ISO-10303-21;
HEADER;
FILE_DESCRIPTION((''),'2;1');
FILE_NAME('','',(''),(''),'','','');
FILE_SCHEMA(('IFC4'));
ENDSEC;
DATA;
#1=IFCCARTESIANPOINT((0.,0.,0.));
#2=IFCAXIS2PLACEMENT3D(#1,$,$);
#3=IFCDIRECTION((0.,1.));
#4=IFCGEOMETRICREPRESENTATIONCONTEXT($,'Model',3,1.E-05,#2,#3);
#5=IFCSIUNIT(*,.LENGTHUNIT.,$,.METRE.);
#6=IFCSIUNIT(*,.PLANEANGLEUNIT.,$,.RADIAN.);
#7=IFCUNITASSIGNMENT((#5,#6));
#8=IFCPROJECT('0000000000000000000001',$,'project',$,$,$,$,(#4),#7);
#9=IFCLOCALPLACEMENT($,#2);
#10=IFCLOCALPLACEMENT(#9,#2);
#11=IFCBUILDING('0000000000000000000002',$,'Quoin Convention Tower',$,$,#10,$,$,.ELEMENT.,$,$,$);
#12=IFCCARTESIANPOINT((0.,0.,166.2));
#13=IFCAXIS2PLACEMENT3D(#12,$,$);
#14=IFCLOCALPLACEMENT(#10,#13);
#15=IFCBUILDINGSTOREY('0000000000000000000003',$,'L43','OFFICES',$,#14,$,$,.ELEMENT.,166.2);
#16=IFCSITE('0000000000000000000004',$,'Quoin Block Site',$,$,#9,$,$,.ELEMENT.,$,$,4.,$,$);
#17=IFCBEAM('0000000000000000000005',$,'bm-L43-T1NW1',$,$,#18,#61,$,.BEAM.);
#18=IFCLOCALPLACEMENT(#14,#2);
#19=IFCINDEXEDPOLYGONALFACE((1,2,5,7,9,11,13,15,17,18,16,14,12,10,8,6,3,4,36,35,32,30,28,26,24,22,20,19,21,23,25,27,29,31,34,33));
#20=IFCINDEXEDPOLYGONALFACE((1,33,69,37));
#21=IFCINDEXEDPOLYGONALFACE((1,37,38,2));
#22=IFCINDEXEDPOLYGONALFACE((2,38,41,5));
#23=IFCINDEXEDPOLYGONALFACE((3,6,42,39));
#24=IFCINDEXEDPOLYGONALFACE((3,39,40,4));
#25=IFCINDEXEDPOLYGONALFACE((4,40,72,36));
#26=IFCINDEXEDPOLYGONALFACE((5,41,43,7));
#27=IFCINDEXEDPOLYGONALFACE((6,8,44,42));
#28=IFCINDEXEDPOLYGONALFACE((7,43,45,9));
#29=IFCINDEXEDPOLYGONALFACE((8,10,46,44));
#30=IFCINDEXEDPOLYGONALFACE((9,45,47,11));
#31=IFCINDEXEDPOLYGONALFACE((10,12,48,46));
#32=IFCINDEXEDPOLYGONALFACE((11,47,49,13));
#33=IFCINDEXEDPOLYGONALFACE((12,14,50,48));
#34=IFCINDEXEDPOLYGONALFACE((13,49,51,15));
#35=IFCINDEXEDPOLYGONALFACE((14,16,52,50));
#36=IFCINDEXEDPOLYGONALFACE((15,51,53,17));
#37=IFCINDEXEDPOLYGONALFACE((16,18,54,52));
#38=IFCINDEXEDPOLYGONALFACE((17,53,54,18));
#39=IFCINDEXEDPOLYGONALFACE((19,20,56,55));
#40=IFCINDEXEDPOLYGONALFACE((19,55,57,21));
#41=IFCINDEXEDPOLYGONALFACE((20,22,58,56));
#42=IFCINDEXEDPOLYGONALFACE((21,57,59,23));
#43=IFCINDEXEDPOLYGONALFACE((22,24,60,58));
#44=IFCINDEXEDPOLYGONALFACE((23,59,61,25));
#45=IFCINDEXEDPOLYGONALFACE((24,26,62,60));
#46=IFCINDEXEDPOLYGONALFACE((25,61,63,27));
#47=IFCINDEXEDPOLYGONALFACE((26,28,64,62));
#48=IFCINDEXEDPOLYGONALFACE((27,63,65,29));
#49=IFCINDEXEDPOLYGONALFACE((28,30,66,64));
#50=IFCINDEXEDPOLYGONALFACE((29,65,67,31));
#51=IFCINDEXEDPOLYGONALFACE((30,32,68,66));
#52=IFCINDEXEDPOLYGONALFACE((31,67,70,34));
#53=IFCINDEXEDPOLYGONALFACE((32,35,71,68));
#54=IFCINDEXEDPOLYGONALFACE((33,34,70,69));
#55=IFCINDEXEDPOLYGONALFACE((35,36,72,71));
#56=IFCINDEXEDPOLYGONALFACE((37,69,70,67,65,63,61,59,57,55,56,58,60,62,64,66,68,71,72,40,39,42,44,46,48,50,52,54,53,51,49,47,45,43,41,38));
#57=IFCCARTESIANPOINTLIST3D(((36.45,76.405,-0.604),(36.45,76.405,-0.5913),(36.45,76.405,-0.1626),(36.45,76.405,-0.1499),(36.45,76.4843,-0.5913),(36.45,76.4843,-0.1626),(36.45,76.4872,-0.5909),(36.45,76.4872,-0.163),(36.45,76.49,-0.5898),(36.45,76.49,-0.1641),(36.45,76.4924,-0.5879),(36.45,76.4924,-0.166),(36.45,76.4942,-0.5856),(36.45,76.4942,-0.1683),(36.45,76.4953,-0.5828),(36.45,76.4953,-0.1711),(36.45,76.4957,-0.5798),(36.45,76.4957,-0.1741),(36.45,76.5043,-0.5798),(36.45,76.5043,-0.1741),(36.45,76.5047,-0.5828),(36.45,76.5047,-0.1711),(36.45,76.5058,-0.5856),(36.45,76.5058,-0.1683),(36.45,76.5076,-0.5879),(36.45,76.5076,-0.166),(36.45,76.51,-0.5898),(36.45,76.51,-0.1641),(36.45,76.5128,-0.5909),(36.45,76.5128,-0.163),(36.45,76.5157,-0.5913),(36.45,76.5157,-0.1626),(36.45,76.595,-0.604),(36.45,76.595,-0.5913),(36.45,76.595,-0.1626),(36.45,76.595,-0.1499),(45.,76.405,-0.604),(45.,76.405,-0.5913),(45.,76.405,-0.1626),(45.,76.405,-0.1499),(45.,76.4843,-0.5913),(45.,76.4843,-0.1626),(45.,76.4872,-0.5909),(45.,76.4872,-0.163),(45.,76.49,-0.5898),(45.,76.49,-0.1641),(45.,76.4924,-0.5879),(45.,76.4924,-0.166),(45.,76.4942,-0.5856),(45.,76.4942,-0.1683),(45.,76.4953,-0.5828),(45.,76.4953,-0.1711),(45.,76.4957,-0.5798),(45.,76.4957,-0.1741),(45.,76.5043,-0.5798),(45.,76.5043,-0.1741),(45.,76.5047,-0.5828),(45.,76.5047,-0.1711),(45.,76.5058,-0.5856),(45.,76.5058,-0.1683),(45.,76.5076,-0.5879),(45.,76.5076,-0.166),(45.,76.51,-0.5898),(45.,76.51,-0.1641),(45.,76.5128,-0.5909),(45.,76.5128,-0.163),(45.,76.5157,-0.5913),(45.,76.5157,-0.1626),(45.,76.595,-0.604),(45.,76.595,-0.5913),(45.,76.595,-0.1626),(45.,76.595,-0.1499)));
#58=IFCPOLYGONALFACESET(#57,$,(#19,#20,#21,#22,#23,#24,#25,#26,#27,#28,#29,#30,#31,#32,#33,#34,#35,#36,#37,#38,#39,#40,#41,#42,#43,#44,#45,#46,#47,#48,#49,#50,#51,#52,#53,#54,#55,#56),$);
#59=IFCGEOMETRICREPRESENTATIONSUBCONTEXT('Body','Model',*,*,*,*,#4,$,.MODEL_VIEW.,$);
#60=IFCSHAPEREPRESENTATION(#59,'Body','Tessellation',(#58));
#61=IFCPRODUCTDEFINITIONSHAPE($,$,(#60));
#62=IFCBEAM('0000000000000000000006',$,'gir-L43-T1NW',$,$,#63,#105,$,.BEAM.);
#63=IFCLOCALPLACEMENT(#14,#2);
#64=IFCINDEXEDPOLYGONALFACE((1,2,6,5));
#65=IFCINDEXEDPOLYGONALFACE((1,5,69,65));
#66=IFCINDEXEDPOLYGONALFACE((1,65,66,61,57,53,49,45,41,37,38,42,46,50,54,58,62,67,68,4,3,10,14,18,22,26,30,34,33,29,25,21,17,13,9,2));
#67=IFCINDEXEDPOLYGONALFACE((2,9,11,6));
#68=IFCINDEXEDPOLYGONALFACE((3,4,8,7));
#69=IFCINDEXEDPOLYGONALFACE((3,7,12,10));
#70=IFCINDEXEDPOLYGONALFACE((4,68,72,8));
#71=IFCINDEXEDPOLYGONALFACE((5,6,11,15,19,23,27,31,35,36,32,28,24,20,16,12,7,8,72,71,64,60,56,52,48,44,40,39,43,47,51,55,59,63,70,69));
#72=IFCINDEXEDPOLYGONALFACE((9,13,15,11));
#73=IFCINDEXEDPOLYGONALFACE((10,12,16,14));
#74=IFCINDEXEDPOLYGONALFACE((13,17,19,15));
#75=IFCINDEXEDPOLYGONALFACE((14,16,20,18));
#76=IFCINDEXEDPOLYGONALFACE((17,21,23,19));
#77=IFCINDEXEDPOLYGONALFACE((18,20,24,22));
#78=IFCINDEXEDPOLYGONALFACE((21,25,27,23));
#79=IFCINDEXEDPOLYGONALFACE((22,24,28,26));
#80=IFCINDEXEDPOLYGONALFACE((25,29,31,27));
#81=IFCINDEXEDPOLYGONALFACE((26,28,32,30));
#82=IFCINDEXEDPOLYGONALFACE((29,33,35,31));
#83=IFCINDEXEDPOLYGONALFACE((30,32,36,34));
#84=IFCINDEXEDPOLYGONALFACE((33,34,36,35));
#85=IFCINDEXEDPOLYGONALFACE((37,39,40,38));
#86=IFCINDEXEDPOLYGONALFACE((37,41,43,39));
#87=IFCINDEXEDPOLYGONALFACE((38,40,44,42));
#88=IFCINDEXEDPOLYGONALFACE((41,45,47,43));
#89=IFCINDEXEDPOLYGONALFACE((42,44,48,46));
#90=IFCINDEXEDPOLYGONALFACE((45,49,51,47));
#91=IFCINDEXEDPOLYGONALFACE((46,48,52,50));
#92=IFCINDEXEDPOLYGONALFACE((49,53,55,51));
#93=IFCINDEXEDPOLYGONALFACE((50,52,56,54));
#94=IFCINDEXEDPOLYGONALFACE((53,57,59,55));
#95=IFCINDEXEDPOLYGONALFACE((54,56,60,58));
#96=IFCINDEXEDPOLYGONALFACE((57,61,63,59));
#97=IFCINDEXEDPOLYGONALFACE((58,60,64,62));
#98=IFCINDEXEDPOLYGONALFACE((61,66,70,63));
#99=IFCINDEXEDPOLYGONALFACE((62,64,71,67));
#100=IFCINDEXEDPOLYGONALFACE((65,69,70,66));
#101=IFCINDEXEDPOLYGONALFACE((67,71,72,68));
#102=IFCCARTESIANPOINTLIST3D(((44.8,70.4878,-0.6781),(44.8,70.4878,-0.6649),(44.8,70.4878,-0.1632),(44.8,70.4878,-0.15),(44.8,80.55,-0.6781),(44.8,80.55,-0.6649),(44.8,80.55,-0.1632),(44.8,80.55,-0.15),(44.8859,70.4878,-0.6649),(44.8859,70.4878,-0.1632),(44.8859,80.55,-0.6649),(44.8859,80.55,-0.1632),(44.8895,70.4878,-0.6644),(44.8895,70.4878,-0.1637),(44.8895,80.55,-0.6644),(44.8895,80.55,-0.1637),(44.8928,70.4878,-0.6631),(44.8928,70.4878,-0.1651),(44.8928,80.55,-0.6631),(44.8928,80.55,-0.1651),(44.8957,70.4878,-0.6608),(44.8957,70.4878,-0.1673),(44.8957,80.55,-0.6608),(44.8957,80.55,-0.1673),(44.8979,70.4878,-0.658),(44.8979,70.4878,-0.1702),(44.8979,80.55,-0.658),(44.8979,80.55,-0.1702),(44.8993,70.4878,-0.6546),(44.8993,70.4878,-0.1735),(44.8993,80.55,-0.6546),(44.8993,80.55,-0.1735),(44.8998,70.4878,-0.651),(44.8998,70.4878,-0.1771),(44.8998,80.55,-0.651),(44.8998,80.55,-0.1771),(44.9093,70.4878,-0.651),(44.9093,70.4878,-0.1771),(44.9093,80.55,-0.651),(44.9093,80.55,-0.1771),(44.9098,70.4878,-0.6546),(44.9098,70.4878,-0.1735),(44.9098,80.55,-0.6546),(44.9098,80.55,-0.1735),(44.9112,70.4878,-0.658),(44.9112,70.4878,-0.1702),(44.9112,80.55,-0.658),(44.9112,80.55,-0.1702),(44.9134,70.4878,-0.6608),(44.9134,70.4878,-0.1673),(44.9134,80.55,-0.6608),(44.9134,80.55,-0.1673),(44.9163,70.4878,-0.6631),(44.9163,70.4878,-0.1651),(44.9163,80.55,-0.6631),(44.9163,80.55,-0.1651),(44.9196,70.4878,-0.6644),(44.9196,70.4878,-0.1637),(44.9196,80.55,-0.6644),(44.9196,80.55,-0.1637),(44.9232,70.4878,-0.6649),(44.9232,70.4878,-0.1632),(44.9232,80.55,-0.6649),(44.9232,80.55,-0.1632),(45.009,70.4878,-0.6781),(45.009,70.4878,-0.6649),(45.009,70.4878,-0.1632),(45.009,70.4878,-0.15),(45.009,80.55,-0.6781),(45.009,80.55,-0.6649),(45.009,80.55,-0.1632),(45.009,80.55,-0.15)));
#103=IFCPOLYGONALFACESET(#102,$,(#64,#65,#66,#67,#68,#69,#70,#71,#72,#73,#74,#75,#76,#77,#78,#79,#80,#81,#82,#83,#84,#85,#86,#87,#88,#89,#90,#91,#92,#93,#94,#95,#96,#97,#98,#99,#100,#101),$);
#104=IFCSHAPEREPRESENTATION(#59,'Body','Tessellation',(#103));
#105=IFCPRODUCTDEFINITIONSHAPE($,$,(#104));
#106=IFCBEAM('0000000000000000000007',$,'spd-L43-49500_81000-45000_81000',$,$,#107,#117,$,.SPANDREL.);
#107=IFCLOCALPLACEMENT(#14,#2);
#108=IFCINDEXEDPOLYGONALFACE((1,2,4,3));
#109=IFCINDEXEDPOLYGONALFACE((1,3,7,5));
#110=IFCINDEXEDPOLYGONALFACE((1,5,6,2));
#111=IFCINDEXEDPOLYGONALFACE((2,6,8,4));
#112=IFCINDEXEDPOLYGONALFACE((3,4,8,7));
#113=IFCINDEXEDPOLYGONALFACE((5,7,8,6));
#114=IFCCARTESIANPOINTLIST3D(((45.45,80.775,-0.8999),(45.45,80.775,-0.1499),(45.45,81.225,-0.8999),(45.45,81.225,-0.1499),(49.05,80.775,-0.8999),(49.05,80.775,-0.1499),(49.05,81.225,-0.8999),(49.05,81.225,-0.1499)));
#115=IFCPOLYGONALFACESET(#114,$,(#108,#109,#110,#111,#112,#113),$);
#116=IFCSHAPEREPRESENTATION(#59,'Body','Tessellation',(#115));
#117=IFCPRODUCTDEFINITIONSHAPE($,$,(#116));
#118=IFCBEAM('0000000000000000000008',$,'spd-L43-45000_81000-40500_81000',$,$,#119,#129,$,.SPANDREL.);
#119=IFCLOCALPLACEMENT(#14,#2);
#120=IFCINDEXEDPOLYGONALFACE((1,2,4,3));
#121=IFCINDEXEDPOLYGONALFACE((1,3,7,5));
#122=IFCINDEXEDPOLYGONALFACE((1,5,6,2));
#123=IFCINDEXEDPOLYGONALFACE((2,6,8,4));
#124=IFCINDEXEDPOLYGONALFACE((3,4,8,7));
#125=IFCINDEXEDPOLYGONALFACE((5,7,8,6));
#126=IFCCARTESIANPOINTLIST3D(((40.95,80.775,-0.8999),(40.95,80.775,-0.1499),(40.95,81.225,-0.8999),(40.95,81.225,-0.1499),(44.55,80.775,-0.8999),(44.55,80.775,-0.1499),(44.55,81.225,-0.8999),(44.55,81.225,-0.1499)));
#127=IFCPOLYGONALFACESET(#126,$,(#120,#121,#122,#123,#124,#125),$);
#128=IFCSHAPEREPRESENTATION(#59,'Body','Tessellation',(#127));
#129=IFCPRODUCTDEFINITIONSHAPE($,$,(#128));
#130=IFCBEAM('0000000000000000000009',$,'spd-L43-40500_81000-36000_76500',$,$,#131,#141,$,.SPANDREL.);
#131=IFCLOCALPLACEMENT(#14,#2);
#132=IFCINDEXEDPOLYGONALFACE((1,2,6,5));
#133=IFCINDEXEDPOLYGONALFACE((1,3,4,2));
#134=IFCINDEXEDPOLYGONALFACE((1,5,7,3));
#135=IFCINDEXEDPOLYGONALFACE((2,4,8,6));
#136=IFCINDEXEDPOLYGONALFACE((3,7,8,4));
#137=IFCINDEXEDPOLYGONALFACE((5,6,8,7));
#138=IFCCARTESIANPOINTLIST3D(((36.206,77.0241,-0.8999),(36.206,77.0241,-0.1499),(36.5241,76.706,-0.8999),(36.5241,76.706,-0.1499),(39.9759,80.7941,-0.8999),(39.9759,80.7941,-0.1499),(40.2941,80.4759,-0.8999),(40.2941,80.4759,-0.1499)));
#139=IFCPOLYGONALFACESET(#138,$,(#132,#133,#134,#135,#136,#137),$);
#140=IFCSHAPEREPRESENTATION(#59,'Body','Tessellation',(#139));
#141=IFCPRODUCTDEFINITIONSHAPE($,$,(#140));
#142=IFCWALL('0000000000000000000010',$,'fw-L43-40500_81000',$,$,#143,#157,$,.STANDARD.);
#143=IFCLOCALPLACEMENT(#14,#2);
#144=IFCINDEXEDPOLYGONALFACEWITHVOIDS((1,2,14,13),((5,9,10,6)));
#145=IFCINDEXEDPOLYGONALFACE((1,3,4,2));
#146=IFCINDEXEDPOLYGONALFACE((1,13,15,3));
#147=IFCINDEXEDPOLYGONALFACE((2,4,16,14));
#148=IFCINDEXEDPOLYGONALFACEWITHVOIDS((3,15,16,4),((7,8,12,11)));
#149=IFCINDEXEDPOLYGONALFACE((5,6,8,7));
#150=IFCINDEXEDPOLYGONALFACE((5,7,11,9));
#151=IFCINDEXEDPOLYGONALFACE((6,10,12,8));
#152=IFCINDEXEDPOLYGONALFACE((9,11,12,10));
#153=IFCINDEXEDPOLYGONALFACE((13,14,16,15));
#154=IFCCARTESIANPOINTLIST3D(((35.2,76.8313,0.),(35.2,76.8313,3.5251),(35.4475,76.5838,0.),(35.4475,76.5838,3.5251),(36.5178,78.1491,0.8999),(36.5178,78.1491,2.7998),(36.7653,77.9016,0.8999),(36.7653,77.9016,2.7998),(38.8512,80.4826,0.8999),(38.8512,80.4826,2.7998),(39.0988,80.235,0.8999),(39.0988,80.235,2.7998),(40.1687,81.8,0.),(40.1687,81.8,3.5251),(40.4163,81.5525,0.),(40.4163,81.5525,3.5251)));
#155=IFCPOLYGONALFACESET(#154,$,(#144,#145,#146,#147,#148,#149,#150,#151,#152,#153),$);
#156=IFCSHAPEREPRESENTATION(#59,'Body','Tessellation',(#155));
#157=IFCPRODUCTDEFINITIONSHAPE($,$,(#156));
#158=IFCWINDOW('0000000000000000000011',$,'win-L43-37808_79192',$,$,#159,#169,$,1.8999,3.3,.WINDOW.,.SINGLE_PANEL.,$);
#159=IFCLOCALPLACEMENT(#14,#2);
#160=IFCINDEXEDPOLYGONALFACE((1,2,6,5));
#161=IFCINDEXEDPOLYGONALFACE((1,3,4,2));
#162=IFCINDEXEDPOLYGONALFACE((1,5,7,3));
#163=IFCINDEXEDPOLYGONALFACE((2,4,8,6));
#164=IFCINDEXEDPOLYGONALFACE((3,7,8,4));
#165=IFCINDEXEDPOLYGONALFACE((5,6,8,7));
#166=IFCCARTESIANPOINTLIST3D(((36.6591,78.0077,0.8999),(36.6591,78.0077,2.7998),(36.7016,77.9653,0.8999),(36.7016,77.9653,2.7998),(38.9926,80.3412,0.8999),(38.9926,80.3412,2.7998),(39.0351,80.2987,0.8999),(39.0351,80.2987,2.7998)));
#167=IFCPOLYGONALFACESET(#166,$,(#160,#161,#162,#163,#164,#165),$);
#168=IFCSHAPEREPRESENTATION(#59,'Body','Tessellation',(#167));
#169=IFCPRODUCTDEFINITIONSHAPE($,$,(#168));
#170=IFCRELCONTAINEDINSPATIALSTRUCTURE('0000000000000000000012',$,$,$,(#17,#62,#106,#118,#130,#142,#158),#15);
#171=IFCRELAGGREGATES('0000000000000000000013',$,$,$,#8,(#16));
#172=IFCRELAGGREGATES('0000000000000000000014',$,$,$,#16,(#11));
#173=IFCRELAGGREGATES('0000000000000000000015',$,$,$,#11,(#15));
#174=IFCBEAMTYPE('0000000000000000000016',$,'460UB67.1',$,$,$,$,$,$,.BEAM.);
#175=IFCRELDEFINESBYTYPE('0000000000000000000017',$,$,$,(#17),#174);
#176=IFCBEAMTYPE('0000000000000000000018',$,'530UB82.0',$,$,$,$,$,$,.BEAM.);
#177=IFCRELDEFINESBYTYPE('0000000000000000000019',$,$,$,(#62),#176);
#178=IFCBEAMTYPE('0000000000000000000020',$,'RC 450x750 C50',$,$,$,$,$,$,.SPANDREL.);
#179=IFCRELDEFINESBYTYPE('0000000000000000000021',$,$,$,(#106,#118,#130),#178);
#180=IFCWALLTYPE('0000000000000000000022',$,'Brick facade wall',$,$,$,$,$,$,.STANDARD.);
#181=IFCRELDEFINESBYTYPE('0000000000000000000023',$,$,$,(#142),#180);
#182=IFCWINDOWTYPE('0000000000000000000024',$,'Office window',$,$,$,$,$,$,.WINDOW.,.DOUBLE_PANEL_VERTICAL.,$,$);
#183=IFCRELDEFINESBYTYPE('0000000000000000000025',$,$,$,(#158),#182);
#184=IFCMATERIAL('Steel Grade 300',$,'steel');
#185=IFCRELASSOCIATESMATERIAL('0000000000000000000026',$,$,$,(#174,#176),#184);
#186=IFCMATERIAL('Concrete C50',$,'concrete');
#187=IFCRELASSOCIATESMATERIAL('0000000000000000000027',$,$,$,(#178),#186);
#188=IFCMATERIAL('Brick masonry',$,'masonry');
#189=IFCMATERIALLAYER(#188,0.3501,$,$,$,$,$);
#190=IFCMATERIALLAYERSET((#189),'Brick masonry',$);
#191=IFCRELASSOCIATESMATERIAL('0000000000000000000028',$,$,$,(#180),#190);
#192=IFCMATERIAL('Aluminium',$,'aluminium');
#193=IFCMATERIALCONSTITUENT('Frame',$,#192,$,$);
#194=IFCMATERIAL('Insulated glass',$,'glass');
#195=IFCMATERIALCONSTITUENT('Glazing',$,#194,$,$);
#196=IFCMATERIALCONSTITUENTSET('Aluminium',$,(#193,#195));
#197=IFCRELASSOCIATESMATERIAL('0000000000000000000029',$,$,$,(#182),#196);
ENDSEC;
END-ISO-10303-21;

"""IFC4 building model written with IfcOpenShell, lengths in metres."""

from ifc_helpers import new_model, si_unit, direction, frame, frame_2d, origin, origin_2d, place, context, subcontext, project, spatial, rectangle, i_section, extrude, material, layer, layer_set, constituent, constituent_set, material_profile, profile_set, type_object, element, fill, save


model = new_model("IFC4")

# Units and contexts
model_context = context("Model", 3, precision=1e-05, world=origin(), true_north=direction((0.0, 1.0)))
body_context = subcontext(model_context, "Body", "Model", "MODEL_VIEW")
ifc_project = project(units=[si_unit("LENGTHUNIT", "METRE"), si_unit("PLANEANGLEUNIT", "RADIAN")], contexts=[model_context])

# Site, building, storey
site_placement = place(None, origin())
site = spatial("IfcSite", under=ifc_project, at=site_placement, Name="Quoin Block Site", CompositionType="ELEMENT", RefElevation=4.0)
building_placement = place(site_placement, origin())
building = spatial("IfcBuilding", under=site, at=building_placement, Name="Quoin Convention Tower", CompositionType="ELEMENT")
storey_placement = place(building_placement, frame((0.0, 0.0, 166.2)))
storey = spatial("IfcBuildingStorey", under=building, at=storey_placement, Name="L43", Description="OFFICES", CompositionType="ELEMENT", Elevation=166.2)

# Shared definitions
ifc_material_1 = material(Name="Concrete C50", Category="concrete")

# Beams
ifc_material_2 = material(Name="Steel Grade 300", Category="steel")
ifc_material_profile_1 = material_profile(ifc_material_2, i_section(OverallWidth=0.1899, OverallDepth=0.4541, WebThickness=0.0085, FlangeThickness=0.0127, FilletRadius=0.0115, at=origin_2d()), Name="460UB67.1")
ifc_profile_set_1 = profile_set([ifc_material_profile_1], Name="Steel Grade 300")
beam_type_1 = type_object("IfcBeamType", Name="460UB67.1", PredefinedType="BEAM", material=ifc_profile_set_1)
beam_1_placement = place(storey_placement, frame((36.45, 76.5, -0.377), z_axis=(1.0, 0.0, 0.0), x_axis=(0.0, 1.0, 0.0)))
element("IfcBeam", 1, at=beam_1_placement, inside=storey, type_object=beam_type_1, Name="bm-L43-T1NW1", PredefinedType="BEAM", context=body_context, shape_type="SweptSolid", body=[
    extrude(i_section(OverallWidth=0.1899, OverallDepth=0.4541, WebThickness=0.0085, FlangeThickness=0.0127, FilletRadius=0.0115, at=origin_2d()), origin(), (0.0, 0.0, 1.0), 8.55),
])
ifc_material_profile_2 = material_profile(ifc_material_2, i_section(OverallWidth=0.209, OverallDepth=0.5281, WebThickness=0.0095, FlangeThickness=0.0132, FilletRadius=0.0139, at=origin_2d()), Name="530UB82.0")
ifc_profile_set_2 = profile_set([ifc_material_profile_2], Name="Steel Grade 300")
beam_type_2 = type_object("IfcBeamType", Name="530UB82.0", PredefinedType="BEAM", material=ifc_profile_set_2)
beam_2_placement = place(storey_placement, frame((44.9045, 80.55, -0.4141), z_axis=(0.0, -1.0, 0.0), x_axis=(1.0, 0.0, 0.0)))
element("IfcBeam", 2, at=beam_2_placement, inside=storey, type_object=beam_type_2, Name="gir-L43-T1NW", PredefinedType="BEAM", context=body_context, shape_type="SweptSolid", body=[
    extrude(i_section(OverallWidth=0.209, OverallDepth=0.5281, WebThickness=0.0095, FlangeThickness=0.0132, FilletRadius=0.0139, at=origin_2d()), origin(), (0.0, 0.0, 1.0), 10.0623),
])
ifc_material_profile_3 = material_profile(ifc_material_1, rectangle(XDim=0.45, YDim=0.75, at=origin_2d()), Name="RC 450x750")
ifc_profile_set_3 = profile_set([ifc_material_profile_3], Name="Concrete C50")
beam_type_3 = type_object("IfcBeamType", Name="RC 450x750 C50", PredefinedType="SPANDREL", material=ifc_profile_set_3)
for number, where, z_axis, x_axis, name in (
    (3, (49.05, 81.0, -0.5249), (-1.0, 0.0, 0.0), (0.0, -1.0, 0.0), "spd-L43-49500_81000-45000_81000"),
    (4, (44.55, 81.0, -0.5249), (-1.0, 0.0, 0.0), (0.0, -1.0, 0.0), "spd-L43-45000_81000-40500_81000"),
):
    element("IfcBeam", number, at=place(storey_placement, frame(where, z_axis=z_axis, x_axis=x_axis)), inside=storey, type_object=beam_type_3, Name=name, PredefinedType="SPANDREL", context=body_context, shape_type="SweptSolid", body=[
        extrude(rectangle(XDim=0.45, YDim=0.75, at=origin_2d()), origin(), (0.0, 0.0, 1.0), 3.6001),
    ])
beam_3_placement = place(storey_placement, frame((40.135, 80.635, -0.5249), z_axis=(-0.707107, -0.707107, 0.0), x_axis=(0.707107, -0.707107, 0.0)))
element("IfcBeam", 5, at=beam_3_placement, inside=storey, type_object=beam_type_3, Name="spd-L43-40500_81000-36000_76500", PredefinedType="SPANDREL", context=body_context, shape_type="SweptSolid", body=[
    extrude(rectangle(XDim=0.45, YDim=0.75, at=origin_2d()), origin(), (0.0, 0.0, 1.0), 5.3315),
])

# Wall, opening, window
ifc_material_3 = material(Name="Brick masonry", Category="masonry")
ifc_layer_1 = layer(ifc_material_3, 0.3501)
ifc_layer_set_1 = layer_set([ifc_layer_1], Name="Brick masonry")
wall_type_1 = type_object("IfcWallType", Name="Brick facade wall", PredefinedType="STANDARD", material=ifc_layer_set_1)
wall_1_placement = place(storey_placement, frame((40.2925, 81.6763, 0.0), z_axis=(0.0, 0.0, 1.0), x_axis=(-0.707107, -0.707107, 0.0)))
wall_1 = element("IfcWall", 6, at=wall_1_placement, inside=storey, type_object=wall_type_1, Name="fw-L43-40500_81000", PredefinedType="STANDARD", context=body_context, shape_type="SweptSolid", body=[
    extrude(rectangle(XDim=7.0269, YDim=0.3501, at=frame_2d((3.5134, 0.0))), origin(), (0.0, 0.0, 1.0), 3.5251),
])
opening_1_placement = place(wall_1_placement, frame((1.8633, 0.0, 0.8999)))
opening_1 = element("IfcOpeningElement", 7, at=opening_1_placement, cuts=wall_1, PredefinedType="OPENING", context=body_context, shape_type="SweptSolid", body=[
    extrude(rectangle(XDim=3.3, YDim=1.8999, at=frame_2d((1.6499, 0.95))), frame((0.0, 0.1851, 0.0), z_axis=(0.0, -1.0, 0.0), x_axis=(1.0, 0.0, 0.0)), (0.0, 0.0, 1.0), 0.3701),
])
ifc_material_4 = material(Name="Aluminium", Category="aluminium")
ifc_constituent_1 = constituent(ifc_material_4, Name="Frame")
ifc_material_5 = material(Name="Insulated glass", Category="glass")
ifc_constituent_2 = constituent(ifc_material_5, Name="Glazing")
ifc_constituent_set = constituent_set(constituents=[ifc_constituent_1, ifc_constituent_2], Name="Aluminium")
window_type = type_object("IfcWindowType", Name="Office window", PartitioningType="DOUBLE_PANEL_VERTICAL", PredefinedType="WINDOW", material=ifc_constituent_set)
window_placement = place(opening_1_placement, origin())
window = element("IfcWindow", 8, at=window_placement, inside=storey, type_object=window_type, Name="win-L43-37808_79192", OverallHeight=1.8999, OverallWidth=3.3, PartitioningType="SINGLE_PANEL", PredefinedType="WINDOW", context=body_context, shape_type="SweptSolid", body=[
    extrude(rectangle(XDim=3.3, YDim=1.8999, at=frame_2d((1.6499, 0.95))), frame((0.0, 0.085, 0.0), z_axis=(0.0, -1.0, 0.0), x_axis=(1.0, 0.0, 0.0)), (0.0, 0.0, 1.0), 0.0601),
])
fill(opening_1, window)

save(model, "model.ifc")
